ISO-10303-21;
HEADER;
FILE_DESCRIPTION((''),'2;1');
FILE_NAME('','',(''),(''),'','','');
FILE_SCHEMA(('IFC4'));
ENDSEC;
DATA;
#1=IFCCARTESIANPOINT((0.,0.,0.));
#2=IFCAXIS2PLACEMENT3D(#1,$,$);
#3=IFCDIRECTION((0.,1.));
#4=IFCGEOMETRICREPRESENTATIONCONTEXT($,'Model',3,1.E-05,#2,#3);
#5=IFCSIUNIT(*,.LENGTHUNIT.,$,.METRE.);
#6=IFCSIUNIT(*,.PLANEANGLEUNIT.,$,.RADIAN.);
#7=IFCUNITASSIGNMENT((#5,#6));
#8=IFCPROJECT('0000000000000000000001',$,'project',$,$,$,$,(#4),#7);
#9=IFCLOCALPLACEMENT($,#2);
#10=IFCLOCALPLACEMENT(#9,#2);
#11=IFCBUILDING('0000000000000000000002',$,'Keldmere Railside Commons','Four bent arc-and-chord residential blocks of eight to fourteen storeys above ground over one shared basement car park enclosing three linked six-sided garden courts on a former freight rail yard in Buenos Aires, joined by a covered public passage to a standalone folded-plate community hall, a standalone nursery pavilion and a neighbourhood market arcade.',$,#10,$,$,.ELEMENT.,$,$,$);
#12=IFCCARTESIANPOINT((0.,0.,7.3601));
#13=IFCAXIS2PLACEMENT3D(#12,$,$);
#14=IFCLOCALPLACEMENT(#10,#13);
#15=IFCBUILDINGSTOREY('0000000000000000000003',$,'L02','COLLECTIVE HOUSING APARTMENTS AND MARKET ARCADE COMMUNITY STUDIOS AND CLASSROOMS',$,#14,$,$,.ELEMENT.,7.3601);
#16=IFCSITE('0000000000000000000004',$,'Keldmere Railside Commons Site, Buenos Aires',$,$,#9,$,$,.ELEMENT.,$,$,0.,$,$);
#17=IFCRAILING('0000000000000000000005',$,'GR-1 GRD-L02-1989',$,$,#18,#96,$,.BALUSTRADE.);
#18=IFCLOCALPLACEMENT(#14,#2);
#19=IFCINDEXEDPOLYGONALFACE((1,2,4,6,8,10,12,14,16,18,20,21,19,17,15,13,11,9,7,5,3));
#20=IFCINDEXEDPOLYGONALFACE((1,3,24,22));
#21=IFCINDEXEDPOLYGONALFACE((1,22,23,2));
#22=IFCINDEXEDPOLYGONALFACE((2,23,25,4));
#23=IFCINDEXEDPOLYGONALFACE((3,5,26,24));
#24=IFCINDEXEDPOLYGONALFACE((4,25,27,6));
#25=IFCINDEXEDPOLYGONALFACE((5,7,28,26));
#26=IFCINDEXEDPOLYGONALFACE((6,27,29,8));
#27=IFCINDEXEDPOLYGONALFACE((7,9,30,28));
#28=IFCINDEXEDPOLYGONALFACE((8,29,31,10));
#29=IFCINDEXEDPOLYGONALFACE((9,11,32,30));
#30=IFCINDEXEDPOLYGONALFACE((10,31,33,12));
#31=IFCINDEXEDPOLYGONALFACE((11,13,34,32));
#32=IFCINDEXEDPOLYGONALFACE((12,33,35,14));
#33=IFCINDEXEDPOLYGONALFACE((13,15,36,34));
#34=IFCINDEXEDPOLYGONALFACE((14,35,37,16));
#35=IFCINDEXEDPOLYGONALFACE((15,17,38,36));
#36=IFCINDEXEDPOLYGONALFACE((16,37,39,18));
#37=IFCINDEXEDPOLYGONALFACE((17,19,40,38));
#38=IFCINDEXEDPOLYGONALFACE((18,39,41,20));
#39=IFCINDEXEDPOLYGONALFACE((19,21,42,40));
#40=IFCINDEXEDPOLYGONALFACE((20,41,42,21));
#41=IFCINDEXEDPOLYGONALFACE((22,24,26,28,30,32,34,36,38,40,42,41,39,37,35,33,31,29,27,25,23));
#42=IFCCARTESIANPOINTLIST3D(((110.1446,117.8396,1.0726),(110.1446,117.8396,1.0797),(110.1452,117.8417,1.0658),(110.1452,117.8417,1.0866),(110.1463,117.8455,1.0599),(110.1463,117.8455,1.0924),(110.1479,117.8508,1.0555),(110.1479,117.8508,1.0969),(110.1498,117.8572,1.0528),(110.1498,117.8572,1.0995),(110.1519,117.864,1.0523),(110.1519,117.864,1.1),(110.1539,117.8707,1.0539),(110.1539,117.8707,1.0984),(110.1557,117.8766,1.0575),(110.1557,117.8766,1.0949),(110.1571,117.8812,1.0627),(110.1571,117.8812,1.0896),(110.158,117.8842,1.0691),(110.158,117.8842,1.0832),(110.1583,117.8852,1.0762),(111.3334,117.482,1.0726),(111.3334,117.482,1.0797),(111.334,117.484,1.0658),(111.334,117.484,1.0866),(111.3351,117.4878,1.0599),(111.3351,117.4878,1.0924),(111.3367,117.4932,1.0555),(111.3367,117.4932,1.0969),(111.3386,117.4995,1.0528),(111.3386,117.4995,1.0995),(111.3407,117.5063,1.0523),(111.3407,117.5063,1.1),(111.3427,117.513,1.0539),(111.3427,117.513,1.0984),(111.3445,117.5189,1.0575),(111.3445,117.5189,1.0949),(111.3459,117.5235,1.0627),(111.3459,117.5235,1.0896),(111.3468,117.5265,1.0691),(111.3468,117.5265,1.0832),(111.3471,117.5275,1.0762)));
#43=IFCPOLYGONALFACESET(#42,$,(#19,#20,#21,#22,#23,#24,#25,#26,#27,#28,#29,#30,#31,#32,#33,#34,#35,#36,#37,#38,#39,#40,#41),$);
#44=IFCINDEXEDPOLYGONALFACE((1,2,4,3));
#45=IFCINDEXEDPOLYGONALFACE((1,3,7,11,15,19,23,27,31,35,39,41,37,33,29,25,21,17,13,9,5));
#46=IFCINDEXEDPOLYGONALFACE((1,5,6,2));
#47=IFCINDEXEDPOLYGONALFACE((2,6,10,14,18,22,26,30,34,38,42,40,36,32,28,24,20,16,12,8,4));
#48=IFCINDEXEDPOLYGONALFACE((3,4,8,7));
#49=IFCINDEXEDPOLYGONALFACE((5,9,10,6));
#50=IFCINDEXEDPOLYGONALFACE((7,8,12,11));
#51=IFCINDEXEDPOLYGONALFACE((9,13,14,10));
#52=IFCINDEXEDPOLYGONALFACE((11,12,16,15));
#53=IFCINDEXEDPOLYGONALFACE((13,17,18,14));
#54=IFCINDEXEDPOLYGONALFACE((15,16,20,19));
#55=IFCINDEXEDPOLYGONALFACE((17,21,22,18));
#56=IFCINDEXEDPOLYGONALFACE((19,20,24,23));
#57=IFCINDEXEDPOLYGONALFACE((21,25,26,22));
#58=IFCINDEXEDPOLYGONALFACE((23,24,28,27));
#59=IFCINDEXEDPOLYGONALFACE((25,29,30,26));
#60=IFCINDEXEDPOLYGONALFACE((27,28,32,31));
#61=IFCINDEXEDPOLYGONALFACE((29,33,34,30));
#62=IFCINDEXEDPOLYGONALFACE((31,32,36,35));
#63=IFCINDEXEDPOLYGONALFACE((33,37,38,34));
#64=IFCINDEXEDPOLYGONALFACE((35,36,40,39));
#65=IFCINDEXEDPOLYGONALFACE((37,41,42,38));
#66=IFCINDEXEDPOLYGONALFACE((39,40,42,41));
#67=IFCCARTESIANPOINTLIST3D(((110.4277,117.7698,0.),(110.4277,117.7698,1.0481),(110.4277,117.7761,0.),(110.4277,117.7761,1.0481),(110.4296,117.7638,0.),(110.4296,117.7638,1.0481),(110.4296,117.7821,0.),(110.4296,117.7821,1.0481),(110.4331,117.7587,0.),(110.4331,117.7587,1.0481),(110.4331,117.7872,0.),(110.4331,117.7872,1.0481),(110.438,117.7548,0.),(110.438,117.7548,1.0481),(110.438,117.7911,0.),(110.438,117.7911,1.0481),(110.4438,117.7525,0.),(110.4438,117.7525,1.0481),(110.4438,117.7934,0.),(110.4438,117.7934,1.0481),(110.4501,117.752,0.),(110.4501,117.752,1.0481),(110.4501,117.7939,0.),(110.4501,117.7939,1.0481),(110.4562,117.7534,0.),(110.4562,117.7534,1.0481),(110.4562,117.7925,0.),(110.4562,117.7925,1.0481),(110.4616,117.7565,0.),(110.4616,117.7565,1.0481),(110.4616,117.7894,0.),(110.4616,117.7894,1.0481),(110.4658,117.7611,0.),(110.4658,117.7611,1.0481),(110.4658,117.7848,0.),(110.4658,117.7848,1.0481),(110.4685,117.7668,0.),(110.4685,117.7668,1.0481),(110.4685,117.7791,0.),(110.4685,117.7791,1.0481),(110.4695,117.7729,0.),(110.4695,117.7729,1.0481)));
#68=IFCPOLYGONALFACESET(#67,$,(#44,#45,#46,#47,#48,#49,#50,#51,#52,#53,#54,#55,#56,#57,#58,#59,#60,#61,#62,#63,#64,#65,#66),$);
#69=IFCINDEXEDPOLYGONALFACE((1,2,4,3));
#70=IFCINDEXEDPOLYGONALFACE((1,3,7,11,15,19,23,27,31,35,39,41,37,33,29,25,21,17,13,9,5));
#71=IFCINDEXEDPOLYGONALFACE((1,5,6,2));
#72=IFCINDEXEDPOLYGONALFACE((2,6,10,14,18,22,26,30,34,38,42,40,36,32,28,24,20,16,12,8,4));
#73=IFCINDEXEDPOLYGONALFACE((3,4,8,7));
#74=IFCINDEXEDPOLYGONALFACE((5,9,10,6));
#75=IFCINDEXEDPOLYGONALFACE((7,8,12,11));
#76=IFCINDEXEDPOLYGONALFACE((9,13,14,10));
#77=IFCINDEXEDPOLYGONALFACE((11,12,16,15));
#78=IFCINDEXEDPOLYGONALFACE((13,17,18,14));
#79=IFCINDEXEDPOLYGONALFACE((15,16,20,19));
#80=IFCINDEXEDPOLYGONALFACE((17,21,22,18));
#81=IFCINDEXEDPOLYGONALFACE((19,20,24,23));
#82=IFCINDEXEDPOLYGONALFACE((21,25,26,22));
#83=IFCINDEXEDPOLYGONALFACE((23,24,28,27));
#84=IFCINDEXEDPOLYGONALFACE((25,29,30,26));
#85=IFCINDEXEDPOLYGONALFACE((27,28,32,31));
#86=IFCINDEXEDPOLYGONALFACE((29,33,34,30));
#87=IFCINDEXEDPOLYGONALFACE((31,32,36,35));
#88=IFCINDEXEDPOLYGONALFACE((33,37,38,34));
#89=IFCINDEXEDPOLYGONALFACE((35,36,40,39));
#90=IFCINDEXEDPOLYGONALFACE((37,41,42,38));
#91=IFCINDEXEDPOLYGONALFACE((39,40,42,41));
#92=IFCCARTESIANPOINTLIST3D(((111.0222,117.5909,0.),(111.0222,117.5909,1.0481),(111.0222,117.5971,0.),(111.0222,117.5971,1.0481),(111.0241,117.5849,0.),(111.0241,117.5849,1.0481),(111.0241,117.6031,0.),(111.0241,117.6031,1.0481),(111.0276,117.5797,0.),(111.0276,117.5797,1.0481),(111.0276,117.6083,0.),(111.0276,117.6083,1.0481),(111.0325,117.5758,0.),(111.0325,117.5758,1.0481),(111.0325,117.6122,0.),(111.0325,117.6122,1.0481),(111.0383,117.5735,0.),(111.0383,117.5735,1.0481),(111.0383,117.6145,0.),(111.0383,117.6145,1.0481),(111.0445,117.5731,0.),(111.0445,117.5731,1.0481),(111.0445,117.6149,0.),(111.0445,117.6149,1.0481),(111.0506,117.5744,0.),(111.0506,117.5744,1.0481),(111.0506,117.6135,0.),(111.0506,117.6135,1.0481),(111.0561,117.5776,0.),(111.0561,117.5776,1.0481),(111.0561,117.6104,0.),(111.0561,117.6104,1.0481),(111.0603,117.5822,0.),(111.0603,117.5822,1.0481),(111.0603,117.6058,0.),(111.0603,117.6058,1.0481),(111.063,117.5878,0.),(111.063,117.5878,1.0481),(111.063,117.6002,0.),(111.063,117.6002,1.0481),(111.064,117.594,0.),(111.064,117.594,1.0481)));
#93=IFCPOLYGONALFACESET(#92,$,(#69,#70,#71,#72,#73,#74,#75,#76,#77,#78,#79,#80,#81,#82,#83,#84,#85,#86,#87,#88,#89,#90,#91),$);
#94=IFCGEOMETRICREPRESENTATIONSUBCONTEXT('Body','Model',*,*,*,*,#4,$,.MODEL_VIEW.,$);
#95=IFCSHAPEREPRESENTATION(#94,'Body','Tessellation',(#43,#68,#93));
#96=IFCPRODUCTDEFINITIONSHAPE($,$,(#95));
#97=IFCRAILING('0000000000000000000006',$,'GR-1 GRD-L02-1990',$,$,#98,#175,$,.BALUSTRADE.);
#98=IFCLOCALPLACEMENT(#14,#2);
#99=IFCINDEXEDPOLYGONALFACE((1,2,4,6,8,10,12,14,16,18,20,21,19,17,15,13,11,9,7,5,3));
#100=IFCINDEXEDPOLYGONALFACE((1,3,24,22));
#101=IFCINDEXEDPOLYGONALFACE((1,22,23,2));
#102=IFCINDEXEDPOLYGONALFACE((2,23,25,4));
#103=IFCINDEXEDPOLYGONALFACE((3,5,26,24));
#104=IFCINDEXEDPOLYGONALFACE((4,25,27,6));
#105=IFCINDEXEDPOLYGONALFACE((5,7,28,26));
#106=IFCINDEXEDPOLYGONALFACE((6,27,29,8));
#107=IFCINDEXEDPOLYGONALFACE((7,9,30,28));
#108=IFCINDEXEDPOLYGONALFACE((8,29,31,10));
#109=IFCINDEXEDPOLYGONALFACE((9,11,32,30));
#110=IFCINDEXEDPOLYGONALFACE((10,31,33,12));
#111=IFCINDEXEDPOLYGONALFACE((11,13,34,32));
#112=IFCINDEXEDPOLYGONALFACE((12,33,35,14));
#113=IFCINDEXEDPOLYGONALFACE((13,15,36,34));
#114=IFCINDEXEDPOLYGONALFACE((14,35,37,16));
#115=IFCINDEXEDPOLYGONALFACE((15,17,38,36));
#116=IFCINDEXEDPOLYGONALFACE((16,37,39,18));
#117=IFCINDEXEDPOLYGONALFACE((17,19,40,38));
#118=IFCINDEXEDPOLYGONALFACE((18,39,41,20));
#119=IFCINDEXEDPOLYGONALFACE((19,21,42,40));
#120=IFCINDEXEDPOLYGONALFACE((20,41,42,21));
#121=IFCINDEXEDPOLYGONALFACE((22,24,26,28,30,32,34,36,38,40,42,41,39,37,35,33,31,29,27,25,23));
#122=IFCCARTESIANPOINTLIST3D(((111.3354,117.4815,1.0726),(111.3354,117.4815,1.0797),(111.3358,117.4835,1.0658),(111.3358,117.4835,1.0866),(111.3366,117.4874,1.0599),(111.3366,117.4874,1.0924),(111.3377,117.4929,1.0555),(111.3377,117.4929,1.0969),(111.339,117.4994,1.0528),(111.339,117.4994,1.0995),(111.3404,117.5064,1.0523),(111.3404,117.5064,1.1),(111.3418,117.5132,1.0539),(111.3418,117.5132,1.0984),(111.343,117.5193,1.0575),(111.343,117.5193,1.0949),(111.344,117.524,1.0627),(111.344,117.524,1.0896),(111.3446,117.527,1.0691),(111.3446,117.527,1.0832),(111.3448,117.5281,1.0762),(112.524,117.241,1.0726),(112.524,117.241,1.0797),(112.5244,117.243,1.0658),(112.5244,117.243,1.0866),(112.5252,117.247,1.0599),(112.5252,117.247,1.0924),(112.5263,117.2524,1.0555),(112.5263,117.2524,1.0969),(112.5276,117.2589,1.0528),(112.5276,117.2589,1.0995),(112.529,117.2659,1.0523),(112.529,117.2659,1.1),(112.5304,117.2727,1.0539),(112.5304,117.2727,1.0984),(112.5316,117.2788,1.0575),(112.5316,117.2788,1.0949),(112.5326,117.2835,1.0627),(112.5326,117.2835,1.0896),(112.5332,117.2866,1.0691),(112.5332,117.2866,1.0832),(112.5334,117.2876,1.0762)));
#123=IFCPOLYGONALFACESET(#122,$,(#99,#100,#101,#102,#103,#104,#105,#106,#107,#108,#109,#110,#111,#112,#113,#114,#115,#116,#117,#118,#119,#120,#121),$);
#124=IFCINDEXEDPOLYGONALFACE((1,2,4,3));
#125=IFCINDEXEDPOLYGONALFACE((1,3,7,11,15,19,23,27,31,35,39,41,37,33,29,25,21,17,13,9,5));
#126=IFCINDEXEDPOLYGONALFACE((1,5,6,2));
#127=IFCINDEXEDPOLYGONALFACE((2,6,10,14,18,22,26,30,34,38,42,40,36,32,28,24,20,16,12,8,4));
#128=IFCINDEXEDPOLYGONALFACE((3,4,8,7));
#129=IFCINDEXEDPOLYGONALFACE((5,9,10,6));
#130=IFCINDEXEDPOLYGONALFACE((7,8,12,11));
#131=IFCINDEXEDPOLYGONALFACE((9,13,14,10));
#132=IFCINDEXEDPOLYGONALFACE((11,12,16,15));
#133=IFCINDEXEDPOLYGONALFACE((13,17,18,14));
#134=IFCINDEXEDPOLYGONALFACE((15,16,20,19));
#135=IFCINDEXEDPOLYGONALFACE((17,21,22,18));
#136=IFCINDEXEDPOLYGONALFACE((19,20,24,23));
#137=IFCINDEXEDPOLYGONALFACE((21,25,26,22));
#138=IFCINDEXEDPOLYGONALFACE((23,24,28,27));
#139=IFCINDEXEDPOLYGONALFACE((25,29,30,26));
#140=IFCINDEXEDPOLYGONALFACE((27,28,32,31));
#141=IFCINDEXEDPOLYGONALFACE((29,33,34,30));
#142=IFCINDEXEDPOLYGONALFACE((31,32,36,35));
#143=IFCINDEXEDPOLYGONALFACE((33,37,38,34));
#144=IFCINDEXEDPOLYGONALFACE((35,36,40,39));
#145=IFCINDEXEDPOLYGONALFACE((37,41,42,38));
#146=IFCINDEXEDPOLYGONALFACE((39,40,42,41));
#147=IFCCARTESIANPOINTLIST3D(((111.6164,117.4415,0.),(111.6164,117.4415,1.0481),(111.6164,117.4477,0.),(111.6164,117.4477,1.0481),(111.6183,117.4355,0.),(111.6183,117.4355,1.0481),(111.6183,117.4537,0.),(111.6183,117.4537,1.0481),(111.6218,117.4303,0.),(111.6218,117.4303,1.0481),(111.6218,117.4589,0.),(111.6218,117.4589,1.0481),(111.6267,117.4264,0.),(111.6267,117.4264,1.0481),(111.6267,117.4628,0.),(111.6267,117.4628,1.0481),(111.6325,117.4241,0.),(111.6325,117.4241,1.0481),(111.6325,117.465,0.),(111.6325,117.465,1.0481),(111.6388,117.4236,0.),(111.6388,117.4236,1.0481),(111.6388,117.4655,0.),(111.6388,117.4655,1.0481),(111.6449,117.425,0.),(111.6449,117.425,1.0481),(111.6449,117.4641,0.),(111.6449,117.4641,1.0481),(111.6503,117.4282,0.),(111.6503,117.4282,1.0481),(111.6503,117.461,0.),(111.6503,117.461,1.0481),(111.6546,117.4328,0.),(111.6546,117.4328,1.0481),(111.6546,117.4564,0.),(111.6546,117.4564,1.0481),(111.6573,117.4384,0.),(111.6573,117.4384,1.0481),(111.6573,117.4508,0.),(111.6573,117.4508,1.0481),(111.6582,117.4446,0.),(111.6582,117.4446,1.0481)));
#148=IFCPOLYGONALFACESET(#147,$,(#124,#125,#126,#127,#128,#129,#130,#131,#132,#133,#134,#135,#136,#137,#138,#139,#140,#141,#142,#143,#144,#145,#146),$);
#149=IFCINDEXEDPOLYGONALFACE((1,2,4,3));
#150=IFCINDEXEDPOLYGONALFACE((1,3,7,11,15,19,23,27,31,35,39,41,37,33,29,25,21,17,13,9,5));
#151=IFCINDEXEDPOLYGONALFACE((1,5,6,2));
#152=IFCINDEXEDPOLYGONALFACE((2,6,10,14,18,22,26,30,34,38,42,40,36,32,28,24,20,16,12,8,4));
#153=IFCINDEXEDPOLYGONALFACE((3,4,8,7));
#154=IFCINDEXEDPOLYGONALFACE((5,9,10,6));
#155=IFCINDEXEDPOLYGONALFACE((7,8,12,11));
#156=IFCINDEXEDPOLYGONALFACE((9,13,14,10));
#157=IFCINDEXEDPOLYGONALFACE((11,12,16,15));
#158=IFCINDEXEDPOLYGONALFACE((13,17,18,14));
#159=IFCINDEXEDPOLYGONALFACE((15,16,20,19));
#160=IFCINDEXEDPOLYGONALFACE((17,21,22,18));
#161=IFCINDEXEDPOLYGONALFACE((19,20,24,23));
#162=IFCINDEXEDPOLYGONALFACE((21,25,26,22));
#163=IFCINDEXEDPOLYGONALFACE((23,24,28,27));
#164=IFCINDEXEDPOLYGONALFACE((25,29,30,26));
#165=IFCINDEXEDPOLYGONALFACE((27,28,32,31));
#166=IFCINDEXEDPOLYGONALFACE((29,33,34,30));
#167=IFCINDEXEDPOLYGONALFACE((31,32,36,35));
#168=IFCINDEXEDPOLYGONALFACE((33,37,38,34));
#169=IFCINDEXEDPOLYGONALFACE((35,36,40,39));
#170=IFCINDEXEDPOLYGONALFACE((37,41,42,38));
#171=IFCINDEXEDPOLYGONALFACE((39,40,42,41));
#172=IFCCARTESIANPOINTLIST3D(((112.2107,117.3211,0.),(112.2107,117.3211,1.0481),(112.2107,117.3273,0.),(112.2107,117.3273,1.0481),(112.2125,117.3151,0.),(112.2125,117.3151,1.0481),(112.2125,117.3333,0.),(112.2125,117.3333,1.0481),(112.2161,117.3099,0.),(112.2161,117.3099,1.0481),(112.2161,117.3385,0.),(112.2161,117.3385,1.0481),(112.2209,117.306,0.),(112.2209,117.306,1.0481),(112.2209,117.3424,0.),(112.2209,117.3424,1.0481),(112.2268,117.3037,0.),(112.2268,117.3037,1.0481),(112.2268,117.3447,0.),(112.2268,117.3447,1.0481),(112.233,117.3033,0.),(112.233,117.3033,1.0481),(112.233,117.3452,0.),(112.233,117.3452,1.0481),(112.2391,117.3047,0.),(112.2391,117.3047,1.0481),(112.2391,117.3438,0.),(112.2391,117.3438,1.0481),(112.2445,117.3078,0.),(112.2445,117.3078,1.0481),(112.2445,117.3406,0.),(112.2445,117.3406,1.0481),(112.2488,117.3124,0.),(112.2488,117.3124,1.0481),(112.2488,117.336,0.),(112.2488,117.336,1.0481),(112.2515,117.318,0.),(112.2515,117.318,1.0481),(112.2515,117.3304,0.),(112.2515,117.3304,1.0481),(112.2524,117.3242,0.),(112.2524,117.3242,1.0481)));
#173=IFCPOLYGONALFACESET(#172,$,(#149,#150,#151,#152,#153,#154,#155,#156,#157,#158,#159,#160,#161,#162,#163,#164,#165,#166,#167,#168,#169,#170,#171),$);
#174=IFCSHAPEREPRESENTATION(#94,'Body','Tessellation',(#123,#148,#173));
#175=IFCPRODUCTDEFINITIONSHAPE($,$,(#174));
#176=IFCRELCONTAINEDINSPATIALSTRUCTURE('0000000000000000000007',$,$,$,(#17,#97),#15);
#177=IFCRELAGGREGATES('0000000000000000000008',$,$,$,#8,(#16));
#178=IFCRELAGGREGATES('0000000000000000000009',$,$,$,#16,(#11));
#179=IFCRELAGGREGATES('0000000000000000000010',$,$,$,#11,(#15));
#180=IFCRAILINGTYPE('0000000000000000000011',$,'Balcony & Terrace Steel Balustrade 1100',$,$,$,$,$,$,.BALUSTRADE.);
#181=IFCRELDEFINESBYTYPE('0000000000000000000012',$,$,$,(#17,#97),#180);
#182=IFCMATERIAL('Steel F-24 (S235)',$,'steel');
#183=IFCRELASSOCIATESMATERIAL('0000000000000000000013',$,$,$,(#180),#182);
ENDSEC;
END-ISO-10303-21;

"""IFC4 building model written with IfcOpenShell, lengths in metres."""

from ifc_helpers import new_model, si_unit, direction, frame, origin, origin_2d, place, context, subcontext, project, spatial, circle, extrude, material, type_object, element, save


model = new_model("IFC4")

# Units and contexts
model_context = context("Model", 3, precision=1e-05, world=origin(), true_north=direction((0.0, 1.0)))
body_context = subcontext(model_context, "Body", "Model", "MODEL_VIEW")
ifc_project = project(units=[si_unit("LENGTHUNIT", "METRE"), si_unit("PLANEANGLEUNIT", "RADIAN")], contexts=[model_context])

# Site, building, storey
site_placement = place(None, origin())
site = spatial("IfcSite", under=ifc_project, at=site_placement, Name="Keldmere Railside Commons Site, Buenos Aires", CompositionType="ELEMENT", RefElevation=0.0)
building_placement = place(site_placement, origin())
building = spatial("IfcBuilding", under=site, at=building_placement, Name="Keldmere Railside Commons", Description="Four bent arc-and-chord residential blocks of eight to fourteen storeys above ground over one shared basement car park enclosing three linked six-sided garden courts on a former freight rail yard in Buenos Aires, joined by a covered public passage to a standalone folded-plate community hall, a standalone nursery pavilion and a neighbourhood market arcade.", CompositionType="ELEMENT")
storey_placement = place(building_placement, frame((0.0, 0.0, 7.3601)))
storey = spatial("IfcBuildingStorey", under=building, at=storey_placement, Name="L02", Description="COLLECTIVE HOUSING APARTMENTS AND MARKET ARCADE COMMUNITY STUDIOS AND CLASSROOMS", CompositionType="ELEMENT", Elevation=7.3601)

# Railings
ifc_material_1 = material(Name="Steel F-24 (S235)", Category="steel")
railing_type = type_object("IfcRailingType", Name="Balcony & Terrace Steel Balustrade 1100", PredefinedType="BALUSTRADE", material=ifc_material_1)
railing_1_placement = place(storey_placement, frame((110.1514, 117.8623, 0.0)))
element("IfcRailing", 1, at=railing_1_placement, inside=storey, type_object=railing_type, Name="GR-1 GRD-L02-1989", PredefinedType="BALUSTRADE", context=body_context, shape_type="SweptSolid", body=[
    extrude(circle(Radius=0.0239, at=origin_2d()), frame((0.0, 0.0, 1.0762), z_axis=(0.957593, -0.288124, 0.0), x_axis=(0.288124, 0.957593, 0.0)), (0.0, 0.0, 1.0), 1.2415),
    extrude(circle(Radius=0.021, at=origin_2d()), frame((0.2971, -0.0894, 0.0)), (0.0, 0.0, 1.0), 1.0481),
    extrude(circle(Radius=0.021, at=origin_2d()), frame((0.8916, -0.2683, 0.0)), (0.0, 0.0, 1.0), 1.0481),
])
railing_2_placement = place(storey_placement, frame((111.3401, 117.5046, 0.0)))
element("IfcRailing", 2, at=railing_2_placement, inside=storey, type_object=railing_type, Name="GR-1 GRD-L02-1990", PredefinedType="BALUSTRADE", context=body_context, shape_type="SweptSolid", body=[
    extrude(circle(Radius=0.0239, at=origin_2d()), frame((0.0, 0.0, 1.0762), z_axis=(0.980137, -0.198323, 0.0), x_axis=(0.198323, 0.980137, 0.0)), (0.0, 0.0, 1.0), 1.2126),
    extrude(circle(Radius=0.021, at=origin_2d()), frame((0.2971, -0.0601, 0.0)), (0.0, 0.0, 1.0), 1.0481),
    extrude(circle(Radius=0.021, at=origin_2d()), frame((0.8914, -0.1804, 0.0)), (0.0, 0.0, 1.0), 1.0481),
])

save(model, "model.ifc")
